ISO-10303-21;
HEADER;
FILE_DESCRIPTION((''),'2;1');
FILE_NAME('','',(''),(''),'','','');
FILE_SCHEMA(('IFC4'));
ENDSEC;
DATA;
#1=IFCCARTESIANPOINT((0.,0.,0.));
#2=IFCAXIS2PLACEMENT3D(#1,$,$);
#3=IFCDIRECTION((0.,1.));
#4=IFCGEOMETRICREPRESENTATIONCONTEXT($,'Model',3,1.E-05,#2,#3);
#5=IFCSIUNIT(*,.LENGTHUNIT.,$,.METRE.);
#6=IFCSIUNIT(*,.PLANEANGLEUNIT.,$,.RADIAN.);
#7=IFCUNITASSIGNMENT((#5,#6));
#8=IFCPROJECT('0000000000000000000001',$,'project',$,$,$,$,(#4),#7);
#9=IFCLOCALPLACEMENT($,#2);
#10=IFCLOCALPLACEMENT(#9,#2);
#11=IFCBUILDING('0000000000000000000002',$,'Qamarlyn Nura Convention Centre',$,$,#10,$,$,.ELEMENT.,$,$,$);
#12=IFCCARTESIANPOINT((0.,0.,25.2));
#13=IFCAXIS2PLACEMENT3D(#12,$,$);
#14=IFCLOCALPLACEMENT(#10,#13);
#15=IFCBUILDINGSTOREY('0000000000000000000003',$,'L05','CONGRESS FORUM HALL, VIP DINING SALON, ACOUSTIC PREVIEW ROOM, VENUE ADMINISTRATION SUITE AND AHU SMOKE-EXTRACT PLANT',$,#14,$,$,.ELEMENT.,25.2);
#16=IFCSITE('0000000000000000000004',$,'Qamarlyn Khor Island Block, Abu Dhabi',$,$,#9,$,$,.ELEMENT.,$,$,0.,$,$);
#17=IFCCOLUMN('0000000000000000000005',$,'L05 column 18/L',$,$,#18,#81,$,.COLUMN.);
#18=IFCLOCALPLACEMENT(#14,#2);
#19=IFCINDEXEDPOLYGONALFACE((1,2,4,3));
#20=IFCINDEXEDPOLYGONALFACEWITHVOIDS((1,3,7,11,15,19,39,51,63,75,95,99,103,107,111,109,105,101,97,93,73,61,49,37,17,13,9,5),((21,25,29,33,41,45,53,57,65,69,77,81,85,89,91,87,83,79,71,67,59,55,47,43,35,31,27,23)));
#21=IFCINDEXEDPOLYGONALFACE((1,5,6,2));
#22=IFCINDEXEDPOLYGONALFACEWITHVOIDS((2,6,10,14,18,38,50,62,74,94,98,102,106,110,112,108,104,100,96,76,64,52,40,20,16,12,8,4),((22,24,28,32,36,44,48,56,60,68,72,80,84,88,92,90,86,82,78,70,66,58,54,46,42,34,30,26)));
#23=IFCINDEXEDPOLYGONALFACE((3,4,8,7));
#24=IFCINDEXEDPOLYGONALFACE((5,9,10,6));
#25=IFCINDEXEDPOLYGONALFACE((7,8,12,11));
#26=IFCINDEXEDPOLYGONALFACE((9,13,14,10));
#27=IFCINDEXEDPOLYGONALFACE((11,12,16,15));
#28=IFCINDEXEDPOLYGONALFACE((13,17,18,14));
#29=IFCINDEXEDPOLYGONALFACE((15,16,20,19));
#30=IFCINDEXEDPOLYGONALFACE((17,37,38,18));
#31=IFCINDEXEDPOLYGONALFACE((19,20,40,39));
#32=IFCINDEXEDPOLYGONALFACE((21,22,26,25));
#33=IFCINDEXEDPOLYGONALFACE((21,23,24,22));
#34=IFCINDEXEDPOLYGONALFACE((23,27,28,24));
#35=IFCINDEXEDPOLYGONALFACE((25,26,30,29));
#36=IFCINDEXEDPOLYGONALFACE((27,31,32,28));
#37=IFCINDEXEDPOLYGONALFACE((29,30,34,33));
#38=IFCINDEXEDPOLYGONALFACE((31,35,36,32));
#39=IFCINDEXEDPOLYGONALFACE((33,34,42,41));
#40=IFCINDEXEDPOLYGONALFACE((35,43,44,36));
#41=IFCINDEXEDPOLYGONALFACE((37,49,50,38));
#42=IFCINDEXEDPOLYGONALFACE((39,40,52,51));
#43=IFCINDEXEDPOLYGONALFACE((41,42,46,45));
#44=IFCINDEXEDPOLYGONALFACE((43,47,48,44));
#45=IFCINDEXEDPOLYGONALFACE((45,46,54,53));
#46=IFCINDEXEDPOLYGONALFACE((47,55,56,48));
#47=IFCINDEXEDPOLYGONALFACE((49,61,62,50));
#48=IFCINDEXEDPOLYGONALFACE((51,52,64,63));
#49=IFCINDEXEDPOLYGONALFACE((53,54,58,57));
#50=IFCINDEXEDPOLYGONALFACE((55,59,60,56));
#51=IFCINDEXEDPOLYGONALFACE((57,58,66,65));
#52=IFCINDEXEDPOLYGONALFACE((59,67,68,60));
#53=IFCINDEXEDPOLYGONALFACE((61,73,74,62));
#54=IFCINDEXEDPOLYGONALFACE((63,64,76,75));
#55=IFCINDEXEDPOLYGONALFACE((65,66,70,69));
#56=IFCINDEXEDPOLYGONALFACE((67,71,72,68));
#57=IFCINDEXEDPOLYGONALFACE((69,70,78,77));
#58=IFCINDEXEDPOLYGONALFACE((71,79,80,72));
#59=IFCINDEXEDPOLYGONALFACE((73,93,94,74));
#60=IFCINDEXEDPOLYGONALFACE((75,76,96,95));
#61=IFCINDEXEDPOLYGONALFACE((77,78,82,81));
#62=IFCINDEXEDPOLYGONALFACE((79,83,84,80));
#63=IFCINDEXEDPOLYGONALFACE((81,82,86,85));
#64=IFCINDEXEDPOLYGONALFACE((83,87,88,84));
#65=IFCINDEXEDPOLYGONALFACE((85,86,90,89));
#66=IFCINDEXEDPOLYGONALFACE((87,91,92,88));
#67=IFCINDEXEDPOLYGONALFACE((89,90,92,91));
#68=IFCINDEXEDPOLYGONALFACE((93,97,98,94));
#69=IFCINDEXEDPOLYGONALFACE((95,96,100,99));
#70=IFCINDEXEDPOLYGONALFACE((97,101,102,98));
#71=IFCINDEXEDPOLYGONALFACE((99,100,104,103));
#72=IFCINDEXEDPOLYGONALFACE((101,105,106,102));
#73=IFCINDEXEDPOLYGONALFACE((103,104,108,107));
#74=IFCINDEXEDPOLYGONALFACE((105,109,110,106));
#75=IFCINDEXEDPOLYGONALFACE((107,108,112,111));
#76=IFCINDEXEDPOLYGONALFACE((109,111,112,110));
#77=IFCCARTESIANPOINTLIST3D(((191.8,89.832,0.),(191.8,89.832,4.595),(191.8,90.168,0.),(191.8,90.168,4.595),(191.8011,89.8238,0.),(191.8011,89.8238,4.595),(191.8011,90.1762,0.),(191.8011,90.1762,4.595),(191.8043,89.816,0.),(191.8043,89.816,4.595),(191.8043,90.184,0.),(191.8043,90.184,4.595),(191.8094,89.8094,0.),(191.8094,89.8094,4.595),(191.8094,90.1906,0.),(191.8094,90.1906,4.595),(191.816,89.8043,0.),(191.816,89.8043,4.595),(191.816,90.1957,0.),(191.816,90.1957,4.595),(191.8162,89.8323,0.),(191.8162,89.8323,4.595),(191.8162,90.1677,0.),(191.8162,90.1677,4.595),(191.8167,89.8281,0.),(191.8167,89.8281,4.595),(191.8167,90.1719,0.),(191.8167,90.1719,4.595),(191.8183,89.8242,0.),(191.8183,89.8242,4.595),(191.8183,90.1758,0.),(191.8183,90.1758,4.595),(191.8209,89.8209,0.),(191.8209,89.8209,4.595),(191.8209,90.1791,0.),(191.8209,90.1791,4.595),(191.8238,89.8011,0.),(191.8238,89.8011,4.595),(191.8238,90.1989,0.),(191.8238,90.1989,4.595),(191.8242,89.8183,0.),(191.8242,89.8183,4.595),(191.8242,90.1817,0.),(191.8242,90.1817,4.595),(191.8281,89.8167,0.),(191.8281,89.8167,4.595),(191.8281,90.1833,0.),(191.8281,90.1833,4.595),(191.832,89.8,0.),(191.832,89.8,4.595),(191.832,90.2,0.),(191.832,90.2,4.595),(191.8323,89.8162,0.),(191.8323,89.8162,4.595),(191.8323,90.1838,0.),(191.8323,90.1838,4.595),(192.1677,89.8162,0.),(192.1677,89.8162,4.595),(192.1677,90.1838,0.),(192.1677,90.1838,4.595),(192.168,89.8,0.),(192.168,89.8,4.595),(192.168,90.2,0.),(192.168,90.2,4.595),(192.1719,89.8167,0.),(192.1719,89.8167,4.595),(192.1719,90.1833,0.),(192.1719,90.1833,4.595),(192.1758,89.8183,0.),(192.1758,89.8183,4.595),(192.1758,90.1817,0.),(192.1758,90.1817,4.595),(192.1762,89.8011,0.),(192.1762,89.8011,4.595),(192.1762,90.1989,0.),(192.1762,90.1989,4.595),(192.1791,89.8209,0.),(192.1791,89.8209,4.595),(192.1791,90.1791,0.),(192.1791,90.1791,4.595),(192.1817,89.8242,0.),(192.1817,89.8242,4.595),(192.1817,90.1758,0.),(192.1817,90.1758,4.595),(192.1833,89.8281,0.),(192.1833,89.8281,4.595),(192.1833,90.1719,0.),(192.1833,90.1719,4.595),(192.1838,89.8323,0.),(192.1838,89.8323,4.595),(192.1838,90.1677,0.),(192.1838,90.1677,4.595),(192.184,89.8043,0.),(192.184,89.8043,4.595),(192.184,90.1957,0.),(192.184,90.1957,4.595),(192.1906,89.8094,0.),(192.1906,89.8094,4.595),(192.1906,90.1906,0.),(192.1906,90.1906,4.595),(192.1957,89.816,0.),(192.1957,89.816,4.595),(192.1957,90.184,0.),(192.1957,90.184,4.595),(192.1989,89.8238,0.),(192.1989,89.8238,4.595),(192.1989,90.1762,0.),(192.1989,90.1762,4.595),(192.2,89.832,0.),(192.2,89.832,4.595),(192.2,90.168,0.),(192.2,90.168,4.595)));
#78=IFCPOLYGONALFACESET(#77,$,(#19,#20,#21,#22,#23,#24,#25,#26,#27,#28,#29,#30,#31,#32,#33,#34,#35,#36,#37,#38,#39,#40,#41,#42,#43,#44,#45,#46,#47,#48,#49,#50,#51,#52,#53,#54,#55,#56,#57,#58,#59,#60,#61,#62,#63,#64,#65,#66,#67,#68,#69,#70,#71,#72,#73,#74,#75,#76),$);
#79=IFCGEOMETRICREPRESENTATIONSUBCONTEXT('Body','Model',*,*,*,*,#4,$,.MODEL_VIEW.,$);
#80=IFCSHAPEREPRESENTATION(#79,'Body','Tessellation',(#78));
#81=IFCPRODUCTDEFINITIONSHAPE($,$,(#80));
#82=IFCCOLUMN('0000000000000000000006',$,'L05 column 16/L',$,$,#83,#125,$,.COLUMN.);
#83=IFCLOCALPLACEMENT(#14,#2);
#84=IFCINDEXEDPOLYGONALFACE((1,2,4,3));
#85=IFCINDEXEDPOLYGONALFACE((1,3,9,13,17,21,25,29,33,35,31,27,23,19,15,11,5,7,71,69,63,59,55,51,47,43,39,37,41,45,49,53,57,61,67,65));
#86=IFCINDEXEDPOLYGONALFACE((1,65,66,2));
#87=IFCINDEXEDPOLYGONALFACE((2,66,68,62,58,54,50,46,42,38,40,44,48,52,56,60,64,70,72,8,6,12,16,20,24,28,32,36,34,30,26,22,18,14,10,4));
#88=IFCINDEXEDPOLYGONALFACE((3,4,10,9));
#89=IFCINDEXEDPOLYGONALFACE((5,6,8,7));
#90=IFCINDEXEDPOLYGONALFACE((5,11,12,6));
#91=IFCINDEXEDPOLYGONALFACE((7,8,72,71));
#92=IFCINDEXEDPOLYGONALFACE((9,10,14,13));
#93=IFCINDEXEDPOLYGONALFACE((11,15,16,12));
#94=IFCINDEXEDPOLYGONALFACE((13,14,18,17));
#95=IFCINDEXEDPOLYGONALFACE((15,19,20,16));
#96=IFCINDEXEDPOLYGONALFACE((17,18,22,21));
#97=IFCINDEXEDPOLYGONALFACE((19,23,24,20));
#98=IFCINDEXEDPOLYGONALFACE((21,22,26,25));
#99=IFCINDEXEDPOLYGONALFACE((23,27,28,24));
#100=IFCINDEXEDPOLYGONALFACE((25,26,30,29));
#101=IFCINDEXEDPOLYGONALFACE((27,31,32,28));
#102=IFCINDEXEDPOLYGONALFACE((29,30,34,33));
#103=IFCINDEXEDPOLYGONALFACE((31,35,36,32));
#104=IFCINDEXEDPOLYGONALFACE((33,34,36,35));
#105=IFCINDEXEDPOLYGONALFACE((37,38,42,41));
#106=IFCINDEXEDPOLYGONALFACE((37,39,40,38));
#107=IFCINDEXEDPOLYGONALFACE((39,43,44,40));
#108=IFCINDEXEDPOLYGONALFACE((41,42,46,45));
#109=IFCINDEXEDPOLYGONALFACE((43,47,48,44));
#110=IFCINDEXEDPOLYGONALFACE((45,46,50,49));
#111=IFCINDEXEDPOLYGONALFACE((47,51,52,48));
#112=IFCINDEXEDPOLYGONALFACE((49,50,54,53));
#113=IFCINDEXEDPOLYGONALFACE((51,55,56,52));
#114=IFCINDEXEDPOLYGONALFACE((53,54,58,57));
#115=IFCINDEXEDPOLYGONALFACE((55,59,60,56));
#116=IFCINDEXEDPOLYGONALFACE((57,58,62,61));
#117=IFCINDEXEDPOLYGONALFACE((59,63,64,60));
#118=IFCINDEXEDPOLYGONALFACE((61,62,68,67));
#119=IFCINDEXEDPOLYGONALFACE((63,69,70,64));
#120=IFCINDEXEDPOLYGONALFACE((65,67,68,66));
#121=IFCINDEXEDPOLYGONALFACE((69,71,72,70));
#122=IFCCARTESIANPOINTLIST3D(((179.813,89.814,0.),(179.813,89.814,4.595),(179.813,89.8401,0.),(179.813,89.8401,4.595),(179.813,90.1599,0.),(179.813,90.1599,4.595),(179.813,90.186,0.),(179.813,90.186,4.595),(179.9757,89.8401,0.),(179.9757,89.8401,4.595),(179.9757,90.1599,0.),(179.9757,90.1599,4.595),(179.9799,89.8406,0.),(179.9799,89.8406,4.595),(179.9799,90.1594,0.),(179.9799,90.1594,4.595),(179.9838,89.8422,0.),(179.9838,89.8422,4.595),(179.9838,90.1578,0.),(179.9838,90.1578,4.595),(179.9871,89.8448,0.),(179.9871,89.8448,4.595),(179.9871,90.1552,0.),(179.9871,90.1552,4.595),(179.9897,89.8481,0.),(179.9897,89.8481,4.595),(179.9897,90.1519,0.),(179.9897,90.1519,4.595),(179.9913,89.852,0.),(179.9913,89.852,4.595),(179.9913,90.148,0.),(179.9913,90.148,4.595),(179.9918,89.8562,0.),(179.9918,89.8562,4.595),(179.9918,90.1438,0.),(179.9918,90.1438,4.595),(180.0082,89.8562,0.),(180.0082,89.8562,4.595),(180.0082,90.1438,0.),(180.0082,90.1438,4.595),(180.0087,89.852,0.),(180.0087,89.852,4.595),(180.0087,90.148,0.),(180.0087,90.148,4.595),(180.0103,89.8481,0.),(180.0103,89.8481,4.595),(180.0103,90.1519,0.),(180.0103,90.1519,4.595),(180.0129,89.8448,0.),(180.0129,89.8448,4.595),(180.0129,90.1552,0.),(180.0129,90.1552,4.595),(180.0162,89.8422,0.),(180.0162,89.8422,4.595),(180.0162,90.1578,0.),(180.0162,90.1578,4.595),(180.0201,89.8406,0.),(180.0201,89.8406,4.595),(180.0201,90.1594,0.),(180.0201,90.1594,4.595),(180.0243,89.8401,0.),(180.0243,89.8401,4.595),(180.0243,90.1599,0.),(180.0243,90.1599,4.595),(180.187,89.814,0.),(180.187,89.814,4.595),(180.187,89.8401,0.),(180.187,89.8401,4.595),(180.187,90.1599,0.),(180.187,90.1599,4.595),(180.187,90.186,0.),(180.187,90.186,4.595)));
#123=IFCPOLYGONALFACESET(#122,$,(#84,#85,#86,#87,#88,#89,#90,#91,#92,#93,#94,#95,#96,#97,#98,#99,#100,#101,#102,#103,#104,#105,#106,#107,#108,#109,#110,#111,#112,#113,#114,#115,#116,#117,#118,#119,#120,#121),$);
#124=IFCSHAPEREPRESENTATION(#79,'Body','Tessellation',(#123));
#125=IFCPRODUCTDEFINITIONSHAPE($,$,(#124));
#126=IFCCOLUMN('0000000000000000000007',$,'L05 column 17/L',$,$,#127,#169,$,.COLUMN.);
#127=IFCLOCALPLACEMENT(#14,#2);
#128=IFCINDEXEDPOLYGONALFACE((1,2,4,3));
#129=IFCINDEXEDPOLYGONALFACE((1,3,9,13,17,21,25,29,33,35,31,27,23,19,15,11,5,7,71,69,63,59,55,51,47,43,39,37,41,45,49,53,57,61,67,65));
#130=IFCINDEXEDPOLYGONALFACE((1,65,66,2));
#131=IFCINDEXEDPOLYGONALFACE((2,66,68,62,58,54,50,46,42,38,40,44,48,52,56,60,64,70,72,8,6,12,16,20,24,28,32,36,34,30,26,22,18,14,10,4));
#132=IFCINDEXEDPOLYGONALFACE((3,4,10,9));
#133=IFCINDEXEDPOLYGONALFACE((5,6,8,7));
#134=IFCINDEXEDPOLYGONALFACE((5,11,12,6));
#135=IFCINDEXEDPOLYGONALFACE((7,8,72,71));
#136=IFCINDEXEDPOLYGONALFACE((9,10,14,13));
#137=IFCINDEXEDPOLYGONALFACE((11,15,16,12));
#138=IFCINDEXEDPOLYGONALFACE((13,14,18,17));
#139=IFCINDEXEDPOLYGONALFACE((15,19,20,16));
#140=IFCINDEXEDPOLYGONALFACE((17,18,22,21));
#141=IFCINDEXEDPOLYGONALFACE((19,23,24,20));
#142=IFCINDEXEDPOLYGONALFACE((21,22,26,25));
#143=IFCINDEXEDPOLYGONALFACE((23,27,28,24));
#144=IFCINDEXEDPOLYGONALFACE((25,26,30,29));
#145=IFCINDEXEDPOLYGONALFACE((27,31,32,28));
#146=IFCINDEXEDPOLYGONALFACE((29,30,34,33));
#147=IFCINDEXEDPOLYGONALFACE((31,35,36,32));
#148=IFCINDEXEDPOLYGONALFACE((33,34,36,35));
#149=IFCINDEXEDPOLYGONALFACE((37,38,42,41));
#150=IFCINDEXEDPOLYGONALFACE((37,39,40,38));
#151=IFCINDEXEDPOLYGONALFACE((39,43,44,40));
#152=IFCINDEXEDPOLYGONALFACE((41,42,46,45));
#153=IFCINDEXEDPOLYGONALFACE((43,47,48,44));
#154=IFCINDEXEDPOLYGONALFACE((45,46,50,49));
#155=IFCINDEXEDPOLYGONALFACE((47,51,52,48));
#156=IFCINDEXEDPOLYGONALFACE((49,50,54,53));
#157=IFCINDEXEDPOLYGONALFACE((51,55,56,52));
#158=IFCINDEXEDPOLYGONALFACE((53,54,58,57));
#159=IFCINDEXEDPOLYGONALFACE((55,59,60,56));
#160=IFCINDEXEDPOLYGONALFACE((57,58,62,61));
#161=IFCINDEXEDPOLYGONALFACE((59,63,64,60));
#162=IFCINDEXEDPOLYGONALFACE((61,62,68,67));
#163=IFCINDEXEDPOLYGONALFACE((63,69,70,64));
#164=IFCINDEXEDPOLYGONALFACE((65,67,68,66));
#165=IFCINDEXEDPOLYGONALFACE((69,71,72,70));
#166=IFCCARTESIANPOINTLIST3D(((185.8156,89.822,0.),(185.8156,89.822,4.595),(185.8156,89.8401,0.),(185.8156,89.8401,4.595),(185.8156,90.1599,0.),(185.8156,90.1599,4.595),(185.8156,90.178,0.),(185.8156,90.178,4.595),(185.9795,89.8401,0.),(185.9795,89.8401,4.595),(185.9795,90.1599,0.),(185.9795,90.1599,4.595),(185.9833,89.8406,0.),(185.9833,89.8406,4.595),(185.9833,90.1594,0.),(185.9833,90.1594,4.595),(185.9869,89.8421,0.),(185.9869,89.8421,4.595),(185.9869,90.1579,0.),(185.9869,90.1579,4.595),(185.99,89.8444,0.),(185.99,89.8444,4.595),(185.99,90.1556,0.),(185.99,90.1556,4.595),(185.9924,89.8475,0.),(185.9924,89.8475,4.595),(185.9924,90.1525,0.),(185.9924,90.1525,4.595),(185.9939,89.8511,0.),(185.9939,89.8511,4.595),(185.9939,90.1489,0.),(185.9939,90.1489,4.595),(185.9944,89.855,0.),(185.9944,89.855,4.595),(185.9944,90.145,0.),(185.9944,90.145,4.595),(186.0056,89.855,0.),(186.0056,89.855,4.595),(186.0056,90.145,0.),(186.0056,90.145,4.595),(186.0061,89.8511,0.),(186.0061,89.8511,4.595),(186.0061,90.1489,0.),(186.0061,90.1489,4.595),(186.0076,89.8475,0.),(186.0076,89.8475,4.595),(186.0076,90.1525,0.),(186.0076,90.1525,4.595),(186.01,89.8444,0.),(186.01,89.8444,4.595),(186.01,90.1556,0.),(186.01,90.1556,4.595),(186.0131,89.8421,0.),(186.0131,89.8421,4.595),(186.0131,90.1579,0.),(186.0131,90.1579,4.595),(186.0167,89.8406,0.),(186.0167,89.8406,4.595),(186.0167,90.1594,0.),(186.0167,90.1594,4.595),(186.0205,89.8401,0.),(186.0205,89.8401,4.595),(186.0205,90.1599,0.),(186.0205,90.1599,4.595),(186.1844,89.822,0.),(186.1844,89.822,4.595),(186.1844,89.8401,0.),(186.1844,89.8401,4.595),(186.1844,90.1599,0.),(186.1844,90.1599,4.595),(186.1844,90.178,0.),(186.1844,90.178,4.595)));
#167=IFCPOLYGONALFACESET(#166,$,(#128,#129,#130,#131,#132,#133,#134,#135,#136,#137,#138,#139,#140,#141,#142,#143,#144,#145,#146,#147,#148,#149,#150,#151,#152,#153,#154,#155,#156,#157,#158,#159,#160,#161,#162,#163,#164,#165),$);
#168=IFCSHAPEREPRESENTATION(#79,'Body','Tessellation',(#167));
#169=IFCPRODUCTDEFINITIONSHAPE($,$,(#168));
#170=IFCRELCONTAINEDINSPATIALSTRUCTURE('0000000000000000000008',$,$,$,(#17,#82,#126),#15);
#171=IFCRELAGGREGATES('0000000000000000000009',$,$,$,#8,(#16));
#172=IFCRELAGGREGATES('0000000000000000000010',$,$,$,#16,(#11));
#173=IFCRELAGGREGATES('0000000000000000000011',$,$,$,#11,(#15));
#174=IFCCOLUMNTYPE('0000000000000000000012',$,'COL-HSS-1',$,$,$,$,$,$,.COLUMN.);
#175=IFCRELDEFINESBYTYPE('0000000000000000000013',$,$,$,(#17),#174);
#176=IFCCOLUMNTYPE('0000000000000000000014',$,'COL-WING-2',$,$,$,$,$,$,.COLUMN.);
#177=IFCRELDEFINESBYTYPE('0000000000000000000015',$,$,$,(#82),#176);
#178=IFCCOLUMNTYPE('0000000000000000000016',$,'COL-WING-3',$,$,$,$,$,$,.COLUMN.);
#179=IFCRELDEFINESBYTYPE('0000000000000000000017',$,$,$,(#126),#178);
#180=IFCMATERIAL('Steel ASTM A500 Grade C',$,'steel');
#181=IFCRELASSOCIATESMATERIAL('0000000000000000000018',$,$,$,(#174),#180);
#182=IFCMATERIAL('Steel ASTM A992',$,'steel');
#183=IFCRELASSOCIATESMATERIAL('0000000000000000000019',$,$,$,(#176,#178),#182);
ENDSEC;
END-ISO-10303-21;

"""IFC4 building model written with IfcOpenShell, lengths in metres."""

from ifc_helpers import new_model, si_unit, direction, frame, origin, origin_2d, place, context, subcontext, project, spatial, hollow_rectangle, i_section, extrude, material, material_profile, profile_set, type_object, element, save


model = new_model("IFC4")

# Units and contexts
model_context = context("Model", 3, precision=1e-05, world=origin(), true_north=direction((0.0, 1.0)))
body_context = subcontext(model_context, "Body", "Model", "MODEL_VIEW")
ifc_project = project(units=[si_unit("LENGTHUNIT", "METRE"), si_unit("PLANEANGLEUNIT", "RADIAN")], contexts=[model_context])

# Site, building, storey
site_placement = place(None, origin())
site = spatial("IfcSite", under=ifc_project, at=site_placement, Name="Qamarlyn Khor Island Block, Abu Dhabi", CompositionType="ELEMENT", RefElevation=0.0)
building_placement = place(site_placement, origin())
building = spatial("IfcBuilding", under=site, at=building_placement, Name="Qamarlyn Nura Convention Centre", CompositionType="ELEMENT")
storey_placement = place(building_placement, frame((0.0, 0.0, 25.2)))
storey = spatial("IfcBuildingStorey", under=building, at=storey_placement, Name="L05", Description="CONGRESS FORUM HALL, VIP DINING SALON, ACOUSTIC PREVIEW ROOM, VENUE ADMINISTRATION SUITE AND AHU SMOKE-EXTRACT PLANT", CompositionType="ELEMENT", Elevation=25.2)

# Columns
ifc_material_1 = material(Name="Steel ASTM A500 Grade C", Category="steel")
ifc_material_profile_1 = material_profile(ifc_material_1, hollow_rectangle(XDim=0.3999, YDim=0.3999, WallThickness=0.0161, InnerFilletRadius=0.0161, OuterFilletRadius=0.032, at=origin_2d()), Name="HSS400X400X16")
ifc_profile_set_1 = profile_set([ifc_material_profile_1], Name="Steel ASTM A500 Grade C")
column_type_1 = type_object("IfcColumnType", Name="COL-HSS-1", PredefinedType="COLUMN", material=ifc_profile_set_1)
column_1_placement = place(storey_placement, frame((192.0, 90.0, 0.0), z_axis=(0.0, 0.0, 1.0), x_axis=(1.0, 0.0, 0.0)))
element("IfcColumn", 1, at=column_1_placement, inside=storey, type_object=column_type_1, Name="L05 column 18/L", PredefinedType="COLUMN", context=body_context, shape_type="SweptSolid", body=[
    extrude(hollow_rectangle(XDim=0.3999, YDim=0.3999, WallThickness=0.0161, InnerFilletRadius=0.0161, OuterFilletRadius=0.032, at=origin_2d()), origin(), (0.0, 0.0, 1.0), 4.595),
])
ifc_material_2 = material(Name="Steel ASTM A992", Category="steel")
ifc_material_profile_2 = material_profile(ifc_material_2, i_section(OverallWidth=0.374, OverallDepth=0.3721, WebThickness=0.0164, FlangeThickness=0.0261, FilletRadius=0.0161, at=origin_2d()), Name="W360X196")
ifc_profile_set_2 = profile_set([ifc_material_profile_2], Name="Steel ASTM A992")
column_type_2 = type_object("IfcColumnType", Name="COL-WING-2", PredefinedType="COLUMN", material=ifc_profile_set_2)
column_2_placement = place(storey_placement, frame((180.0, 90.0, 0.0), z_axis=(0.0, 0.0, 1.0), x_axis=(1.0, 0.0, 0.0)))
element("IfcColumn", 2, at=column_2_placement, inside=storey, type_object=column_type_2, Name="L05 column 16/L", PredefinedType="COLUMN", context=body_context, shape_type="SweptSolid", body=[
    extrude(i_section(OverallWidth=0.374, OverallDepth=0.3721, WebThickness=0.0164, FlangeThickness=0.0261, FilletRadius=0.0161, at=origin_2d()), origin(), (0.0, 0.0, 1.0), 4.595),
])
ifc_material_profile_3 = material_profile(ifc_material_2, i_section(OverallWidth=0.3689, OverallDepth=0.356, WebThickness=0.0112, FlangeThickness=0.0181, FilletRadius=0.0149, at=origin_2d()), Name="W360X134")
ifc_profile_set_3 = profile_set([ifc_material_profile_3], Name="Steel ASTM A992")
column_type_3 = type_object("IfcColumnType", Name="COL-WING-3", PredefinedType="COLUMN", material=ifc_profile_set_3)
column_3_placement = place(storey_placement, frame((186.0, 90.0, 0.0), z_axis=(0.0, 0.0, 1.0), x_axis=(1.0, 0.0, 0.0)))
element("IfcColumn", 3, at=column_3_placement, inside=storey, type_object=column_type_3, Name="L05 column 17/L", PredefinedType="COLUMN", context=body_context, shape_type="SweptSolid", body=[
    extrude(i_section(OverallWidth=0.3689, OverallDepth=0.356, WebThickness=0.0112, FlangeThickness=0.0181, FilletRadius=0.0149, at=origin_2d()), origin(), (0.0, 0.0, 1.0), 4.595),
])

save(model, "model.ifc")
